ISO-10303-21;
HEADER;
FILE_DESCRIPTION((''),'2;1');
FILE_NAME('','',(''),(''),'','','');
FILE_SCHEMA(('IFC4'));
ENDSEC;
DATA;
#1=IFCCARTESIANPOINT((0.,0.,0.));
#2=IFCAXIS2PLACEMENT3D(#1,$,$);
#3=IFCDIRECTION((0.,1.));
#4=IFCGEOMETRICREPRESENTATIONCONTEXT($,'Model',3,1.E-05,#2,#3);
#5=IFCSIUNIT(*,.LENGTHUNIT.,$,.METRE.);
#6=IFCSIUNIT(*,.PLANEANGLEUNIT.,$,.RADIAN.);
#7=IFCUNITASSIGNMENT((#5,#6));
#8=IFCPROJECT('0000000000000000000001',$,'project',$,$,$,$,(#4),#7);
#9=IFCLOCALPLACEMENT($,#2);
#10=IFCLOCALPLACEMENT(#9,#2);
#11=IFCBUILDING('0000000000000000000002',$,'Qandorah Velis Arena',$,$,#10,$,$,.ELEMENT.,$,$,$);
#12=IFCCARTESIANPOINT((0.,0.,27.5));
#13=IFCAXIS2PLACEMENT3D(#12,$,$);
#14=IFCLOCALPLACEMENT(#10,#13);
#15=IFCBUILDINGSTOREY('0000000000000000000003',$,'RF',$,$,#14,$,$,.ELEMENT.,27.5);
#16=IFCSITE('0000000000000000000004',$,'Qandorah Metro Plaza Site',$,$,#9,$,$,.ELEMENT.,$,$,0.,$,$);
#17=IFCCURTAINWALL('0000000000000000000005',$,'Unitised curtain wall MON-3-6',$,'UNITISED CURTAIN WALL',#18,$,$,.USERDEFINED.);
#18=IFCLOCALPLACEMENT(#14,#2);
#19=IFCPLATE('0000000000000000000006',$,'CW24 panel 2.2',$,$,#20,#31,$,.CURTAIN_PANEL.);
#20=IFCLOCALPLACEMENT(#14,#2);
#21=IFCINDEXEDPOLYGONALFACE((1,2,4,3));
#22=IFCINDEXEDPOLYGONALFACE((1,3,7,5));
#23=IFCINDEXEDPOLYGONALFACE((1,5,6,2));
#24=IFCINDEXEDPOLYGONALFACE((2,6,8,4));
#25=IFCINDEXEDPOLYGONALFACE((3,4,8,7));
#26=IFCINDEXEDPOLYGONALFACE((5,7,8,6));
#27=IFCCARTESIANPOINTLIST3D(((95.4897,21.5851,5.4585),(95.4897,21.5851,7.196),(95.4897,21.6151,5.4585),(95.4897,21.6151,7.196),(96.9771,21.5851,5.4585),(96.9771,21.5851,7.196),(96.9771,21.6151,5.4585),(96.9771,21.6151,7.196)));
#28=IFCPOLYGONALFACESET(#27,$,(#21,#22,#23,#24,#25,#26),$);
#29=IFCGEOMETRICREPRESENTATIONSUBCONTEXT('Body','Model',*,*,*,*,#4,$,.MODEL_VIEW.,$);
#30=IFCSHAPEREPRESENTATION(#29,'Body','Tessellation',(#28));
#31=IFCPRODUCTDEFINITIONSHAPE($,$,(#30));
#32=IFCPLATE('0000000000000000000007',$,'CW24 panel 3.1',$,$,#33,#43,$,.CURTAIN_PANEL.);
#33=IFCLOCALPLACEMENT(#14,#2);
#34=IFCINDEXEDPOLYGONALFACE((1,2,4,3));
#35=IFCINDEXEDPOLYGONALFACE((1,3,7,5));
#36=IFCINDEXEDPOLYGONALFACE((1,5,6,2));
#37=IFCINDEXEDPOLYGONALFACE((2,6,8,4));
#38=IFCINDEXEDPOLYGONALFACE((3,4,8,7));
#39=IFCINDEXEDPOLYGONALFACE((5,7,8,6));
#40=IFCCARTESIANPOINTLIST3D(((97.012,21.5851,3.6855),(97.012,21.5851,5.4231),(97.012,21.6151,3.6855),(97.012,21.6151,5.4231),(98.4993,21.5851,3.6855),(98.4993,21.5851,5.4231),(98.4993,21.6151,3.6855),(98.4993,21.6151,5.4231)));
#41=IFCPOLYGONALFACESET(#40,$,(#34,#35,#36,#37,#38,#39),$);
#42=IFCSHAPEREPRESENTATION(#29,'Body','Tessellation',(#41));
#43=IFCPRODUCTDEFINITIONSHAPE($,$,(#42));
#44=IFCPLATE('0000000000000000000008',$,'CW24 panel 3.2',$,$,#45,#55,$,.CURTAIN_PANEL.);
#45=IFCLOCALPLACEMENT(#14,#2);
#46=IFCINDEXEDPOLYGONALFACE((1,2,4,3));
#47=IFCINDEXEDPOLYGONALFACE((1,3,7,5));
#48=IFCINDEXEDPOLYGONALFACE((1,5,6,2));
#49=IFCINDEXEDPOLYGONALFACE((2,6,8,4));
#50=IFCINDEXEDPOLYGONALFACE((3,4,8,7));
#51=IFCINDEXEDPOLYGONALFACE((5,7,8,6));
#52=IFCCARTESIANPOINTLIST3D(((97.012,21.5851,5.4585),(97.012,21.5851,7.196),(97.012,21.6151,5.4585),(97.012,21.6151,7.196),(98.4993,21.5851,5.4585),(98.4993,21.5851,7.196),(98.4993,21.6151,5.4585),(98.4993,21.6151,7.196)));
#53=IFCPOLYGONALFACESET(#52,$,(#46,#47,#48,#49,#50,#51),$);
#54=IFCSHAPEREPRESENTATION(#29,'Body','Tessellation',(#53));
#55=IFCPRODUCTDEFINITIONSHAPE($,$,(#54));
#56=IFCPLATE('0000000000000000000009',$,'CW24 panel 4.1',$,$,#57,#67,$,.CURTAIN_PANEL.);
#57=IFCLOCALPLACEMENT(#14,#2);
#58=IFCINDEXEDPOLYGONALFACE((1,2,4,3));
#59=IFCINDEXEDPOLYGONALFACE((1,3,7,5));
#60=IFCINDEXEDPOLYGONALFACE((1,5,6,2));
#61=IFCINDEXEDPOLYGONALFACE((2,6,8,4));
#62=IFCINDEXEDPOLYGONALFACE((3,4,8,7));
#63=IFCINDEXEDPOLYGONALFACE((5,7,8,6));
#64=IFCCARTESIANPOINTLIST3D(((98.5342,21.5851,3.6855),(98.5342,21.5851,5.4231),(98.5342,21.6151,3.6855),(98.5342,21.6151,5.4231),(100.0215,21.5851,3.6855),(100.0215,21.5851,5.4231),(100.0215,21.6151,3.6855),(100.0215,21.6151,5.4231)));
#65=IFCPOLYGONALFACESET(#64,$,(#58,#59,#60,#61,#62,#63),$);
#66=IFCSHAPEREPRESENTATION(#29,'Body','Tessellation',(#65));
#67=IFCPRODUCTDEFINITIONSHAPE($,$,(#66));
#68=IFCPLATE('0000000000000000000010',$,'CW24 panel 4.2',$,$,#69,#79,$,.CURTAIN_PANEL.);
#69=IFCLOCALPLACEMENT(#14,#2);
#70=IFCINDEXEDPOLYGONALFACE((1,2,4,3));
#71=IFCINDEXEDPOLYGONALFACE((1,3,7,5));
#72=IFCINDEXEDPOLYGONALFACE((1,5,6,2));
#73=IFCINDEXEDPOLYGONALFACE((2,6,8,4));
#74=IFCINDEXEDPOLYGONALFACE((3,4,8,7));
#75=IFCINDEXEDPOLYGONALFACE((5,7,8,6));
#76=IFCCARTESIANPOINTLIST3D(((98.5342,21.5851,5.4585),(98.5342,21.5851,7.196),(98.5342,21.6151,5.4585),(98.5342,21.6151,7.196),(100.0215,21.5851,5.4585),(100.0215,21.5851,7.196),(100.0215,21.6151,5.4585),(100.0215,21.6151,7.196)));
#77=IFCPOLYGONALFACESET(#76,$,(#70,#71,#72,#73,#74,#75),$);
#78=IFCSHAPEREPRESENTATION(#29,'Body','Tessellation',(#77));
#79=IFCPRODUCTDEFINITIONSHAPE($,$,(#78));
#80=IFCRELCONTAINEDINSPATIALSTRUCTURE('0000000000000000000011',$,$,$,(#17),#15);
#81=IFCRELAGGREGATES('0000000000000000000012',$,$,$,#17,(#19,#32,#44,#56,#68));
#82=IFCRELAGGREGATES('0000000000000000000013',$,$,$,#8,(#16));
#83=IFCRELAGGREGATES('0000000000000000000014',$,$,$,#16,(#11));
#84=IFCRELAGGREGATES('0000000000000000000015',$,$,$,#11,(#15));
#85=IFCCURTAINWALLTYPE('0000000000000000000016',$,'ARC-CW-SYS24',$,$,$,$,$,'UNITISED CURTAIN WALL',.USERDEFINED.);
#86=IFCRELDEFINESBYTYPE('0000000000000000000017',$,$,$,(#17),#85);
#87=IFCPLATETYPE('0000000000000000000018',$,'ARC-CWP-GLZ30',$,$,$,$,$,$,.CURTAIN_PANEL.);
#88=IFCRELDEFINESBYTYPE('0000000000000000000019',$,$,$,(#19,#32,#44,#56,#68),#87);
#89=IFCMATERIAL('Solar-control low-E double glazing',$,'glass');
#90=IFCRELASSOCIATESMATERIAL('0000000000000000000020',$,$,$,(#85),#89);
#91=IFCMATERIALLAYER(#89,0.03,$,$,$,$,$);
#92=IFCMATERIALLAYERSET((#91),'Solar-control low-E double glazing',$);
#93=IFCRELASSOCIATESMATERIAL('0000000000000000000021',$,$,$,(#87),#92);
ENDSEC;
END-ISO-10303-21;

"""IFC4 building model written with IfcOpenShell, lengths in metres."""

from ifc_helpers import new_model, si_unit, direction, frame, origin, origin_2d, place, context, subcontext, project, spatial, rectangle, extrude, material, layer, layer_set, type_object, element, aggregate, save


model = new_model("IFC4")

# Units and contexts
model_context = context("Model", 3, precision=1e-05, world=origin(), true_north=direction((0.0, 1.0)))
body_context = subcontext(model_context, "Body", "Model", "MODEL_VIEW")
ifc_project = project(units=[si_unit("LENGTHUNIT", "METRE"), si_unit("PLANEANGLEUNIT", "RADIAN")], contexts=[model_context])

# Site, building, storey
site_placement = place(None, origin())
site = spatial("IfcSite", under=ifc_project, at=site_placement, Name="Qandorah Metro Plaza Site", CompositionType="ELEMENT", RefElevation=0.0)
building_placement = place(site_placement, origin())
building = spatial("IfcBuilding", under=site, at=building_placement, Name="Qandorah Velis Arena", CompositionType="ELEMENT")
storey_placement = place(building_placement, frame((0.0, 0.0, 27.5)))
storey = spatial("IfcBuildingStorey", under=building, at=storey_placement, Name="RF", CompositionType="ELEMENT", Elevation=27.5)

# Curtain wall
ifc_material_1 = material(Name="Solar-control low-E double glazing", Category="glass")
curtain_wall_type_1 = type_object("IfcCurtainWallType", Name="ARC-CW-SYS24", ElementType="UNITISED CURTAIN WALL", PredefinedType="USERDEFINED", material=ifc_material_1)
curtain_wall_1_placement = place(storey_placement, origin())
curtain_wall_1 = element("IfcCurtainWall", 1, at=curtain_wall_1_placement, inside=storey, type_object=curtain_wall_type_1, Name="Unitised curtain wall MON-3-6", ObjectType="UNITISED CURTAIN WALL", PredefinedType="USERDEFINED")

# Plates
ifc_layer = layer(ifc_material_1, 0.03)
ifc_layer_set = layer_set([ifc_layer], Name="Solar-control low-E double glazing")
plate_type = type_object("IfcPlateType", Name="ARC-CWP-GLZ30", PredefinedType="CURTAIN_PANEL", material=ifc_layer_set)
plate_1_placement = place(storey_placement, frame((96.2334, 21.6001, 5.4585), z_axis=(0.0, 0.0, 1.0), x_axis=(1.0, 0.0, 0.0)))
plate_1 = element("IfcPlate", 2, at=plate_1_placement, type_object=plate_type, Name="CW24 panel 2.2", PredefinedType="CURTAIN_PANEL", context=body_context, shape_type="SweptSolid", body=[
    extrude(rectangle(XDim=1.4873, YDim=0.03, at=origin_2d()), origin(), (0.0, 0.0, 1.0), 1.7375),
])
plate_2_placement = place(storey_placement, frame((97.7556, 21.6001, 3.6855), z_axis=(0.0, 0.0, 1.0), x_axis=(1.0, 0.0, 0.0)))
plate_2 = element("IfcPlate", 3, at=plate_2_placement, type_object=plate_type, Name="CW24 panel 3.1", PredefinedType="CURTAIN_PANEL", context=body_context, shape_type="SweptSolid", body=[
    extrude(rectangle(XDim=1.4873, YDim=0.03, at=origin_2d()), origin(), (0.0, 0.0, 1.0), 1.7375),
])
plate_3_placement = place(storey_placement, frame((97.7556, 21.6001, 5.4585), z_axis=(0.0, 0.0, 1.0), x_axis=(1.0, 0.0, 0.0)))
plate_3 = element("IfcPlate", 4, at=plate_3_placement, type_object=plate_type, Name="CW24 panel 3.2", PredefinedType="CURTAIN_PANEL", context=body_context, shape_type="SweptSolid", body=[
    extrude(rectangle(XDim=1.4873, YDim=0.03, at=origin_2d()), origin(), (0.0, 0.0, 1.0), 1.7375),
])
plate_4_placement = place(storey_placement, frame((99.2778, 21.6001, 3.6855), z_axis=(0.0, 0.0, 1.0), x_axis=(1.0, 0.0, 0.0)))
plate_4 = element("IfcPlate", 5, at=plate_4_placement, type_object=plate_type, Name="CW24 panel 4.1", PredefinedType="CURTAIN_PANEL", context=body_context, shape_type="SweptSolid", body=[
    extrude(rectangle(XDim=1.4873, YDim=0.03, at=origin_2d()), origin(), (0.0, 0.0, 1.0), 1.7375),
])
plate_5_placement = place(storey_placement, frame((99.2778, 21.6001, 5.4585), z_axis=(0.0, 0.0, 1.0), x_axis=(1.0, 0.0, 0.0)))
plate_5 = element("IfcPlate", 6, at=plate_5_placement, type_object=plate_type, Name="CW24 panel 4.2", PredefinedType="CURTAIN_PANEL", context=body_context, shape_type="SweptSolid", body=[
    extrude(rectangle(XDim=1.4873, YDim=0.03, at=origin_2d()), origin(), (0.0, 0.0, 1.0), 1.7375),
])
aggregate(curtain_wall_1, [plate_1, plate_2, plate_3, plate_4, plate_5])

save(model, "model.ifc")
